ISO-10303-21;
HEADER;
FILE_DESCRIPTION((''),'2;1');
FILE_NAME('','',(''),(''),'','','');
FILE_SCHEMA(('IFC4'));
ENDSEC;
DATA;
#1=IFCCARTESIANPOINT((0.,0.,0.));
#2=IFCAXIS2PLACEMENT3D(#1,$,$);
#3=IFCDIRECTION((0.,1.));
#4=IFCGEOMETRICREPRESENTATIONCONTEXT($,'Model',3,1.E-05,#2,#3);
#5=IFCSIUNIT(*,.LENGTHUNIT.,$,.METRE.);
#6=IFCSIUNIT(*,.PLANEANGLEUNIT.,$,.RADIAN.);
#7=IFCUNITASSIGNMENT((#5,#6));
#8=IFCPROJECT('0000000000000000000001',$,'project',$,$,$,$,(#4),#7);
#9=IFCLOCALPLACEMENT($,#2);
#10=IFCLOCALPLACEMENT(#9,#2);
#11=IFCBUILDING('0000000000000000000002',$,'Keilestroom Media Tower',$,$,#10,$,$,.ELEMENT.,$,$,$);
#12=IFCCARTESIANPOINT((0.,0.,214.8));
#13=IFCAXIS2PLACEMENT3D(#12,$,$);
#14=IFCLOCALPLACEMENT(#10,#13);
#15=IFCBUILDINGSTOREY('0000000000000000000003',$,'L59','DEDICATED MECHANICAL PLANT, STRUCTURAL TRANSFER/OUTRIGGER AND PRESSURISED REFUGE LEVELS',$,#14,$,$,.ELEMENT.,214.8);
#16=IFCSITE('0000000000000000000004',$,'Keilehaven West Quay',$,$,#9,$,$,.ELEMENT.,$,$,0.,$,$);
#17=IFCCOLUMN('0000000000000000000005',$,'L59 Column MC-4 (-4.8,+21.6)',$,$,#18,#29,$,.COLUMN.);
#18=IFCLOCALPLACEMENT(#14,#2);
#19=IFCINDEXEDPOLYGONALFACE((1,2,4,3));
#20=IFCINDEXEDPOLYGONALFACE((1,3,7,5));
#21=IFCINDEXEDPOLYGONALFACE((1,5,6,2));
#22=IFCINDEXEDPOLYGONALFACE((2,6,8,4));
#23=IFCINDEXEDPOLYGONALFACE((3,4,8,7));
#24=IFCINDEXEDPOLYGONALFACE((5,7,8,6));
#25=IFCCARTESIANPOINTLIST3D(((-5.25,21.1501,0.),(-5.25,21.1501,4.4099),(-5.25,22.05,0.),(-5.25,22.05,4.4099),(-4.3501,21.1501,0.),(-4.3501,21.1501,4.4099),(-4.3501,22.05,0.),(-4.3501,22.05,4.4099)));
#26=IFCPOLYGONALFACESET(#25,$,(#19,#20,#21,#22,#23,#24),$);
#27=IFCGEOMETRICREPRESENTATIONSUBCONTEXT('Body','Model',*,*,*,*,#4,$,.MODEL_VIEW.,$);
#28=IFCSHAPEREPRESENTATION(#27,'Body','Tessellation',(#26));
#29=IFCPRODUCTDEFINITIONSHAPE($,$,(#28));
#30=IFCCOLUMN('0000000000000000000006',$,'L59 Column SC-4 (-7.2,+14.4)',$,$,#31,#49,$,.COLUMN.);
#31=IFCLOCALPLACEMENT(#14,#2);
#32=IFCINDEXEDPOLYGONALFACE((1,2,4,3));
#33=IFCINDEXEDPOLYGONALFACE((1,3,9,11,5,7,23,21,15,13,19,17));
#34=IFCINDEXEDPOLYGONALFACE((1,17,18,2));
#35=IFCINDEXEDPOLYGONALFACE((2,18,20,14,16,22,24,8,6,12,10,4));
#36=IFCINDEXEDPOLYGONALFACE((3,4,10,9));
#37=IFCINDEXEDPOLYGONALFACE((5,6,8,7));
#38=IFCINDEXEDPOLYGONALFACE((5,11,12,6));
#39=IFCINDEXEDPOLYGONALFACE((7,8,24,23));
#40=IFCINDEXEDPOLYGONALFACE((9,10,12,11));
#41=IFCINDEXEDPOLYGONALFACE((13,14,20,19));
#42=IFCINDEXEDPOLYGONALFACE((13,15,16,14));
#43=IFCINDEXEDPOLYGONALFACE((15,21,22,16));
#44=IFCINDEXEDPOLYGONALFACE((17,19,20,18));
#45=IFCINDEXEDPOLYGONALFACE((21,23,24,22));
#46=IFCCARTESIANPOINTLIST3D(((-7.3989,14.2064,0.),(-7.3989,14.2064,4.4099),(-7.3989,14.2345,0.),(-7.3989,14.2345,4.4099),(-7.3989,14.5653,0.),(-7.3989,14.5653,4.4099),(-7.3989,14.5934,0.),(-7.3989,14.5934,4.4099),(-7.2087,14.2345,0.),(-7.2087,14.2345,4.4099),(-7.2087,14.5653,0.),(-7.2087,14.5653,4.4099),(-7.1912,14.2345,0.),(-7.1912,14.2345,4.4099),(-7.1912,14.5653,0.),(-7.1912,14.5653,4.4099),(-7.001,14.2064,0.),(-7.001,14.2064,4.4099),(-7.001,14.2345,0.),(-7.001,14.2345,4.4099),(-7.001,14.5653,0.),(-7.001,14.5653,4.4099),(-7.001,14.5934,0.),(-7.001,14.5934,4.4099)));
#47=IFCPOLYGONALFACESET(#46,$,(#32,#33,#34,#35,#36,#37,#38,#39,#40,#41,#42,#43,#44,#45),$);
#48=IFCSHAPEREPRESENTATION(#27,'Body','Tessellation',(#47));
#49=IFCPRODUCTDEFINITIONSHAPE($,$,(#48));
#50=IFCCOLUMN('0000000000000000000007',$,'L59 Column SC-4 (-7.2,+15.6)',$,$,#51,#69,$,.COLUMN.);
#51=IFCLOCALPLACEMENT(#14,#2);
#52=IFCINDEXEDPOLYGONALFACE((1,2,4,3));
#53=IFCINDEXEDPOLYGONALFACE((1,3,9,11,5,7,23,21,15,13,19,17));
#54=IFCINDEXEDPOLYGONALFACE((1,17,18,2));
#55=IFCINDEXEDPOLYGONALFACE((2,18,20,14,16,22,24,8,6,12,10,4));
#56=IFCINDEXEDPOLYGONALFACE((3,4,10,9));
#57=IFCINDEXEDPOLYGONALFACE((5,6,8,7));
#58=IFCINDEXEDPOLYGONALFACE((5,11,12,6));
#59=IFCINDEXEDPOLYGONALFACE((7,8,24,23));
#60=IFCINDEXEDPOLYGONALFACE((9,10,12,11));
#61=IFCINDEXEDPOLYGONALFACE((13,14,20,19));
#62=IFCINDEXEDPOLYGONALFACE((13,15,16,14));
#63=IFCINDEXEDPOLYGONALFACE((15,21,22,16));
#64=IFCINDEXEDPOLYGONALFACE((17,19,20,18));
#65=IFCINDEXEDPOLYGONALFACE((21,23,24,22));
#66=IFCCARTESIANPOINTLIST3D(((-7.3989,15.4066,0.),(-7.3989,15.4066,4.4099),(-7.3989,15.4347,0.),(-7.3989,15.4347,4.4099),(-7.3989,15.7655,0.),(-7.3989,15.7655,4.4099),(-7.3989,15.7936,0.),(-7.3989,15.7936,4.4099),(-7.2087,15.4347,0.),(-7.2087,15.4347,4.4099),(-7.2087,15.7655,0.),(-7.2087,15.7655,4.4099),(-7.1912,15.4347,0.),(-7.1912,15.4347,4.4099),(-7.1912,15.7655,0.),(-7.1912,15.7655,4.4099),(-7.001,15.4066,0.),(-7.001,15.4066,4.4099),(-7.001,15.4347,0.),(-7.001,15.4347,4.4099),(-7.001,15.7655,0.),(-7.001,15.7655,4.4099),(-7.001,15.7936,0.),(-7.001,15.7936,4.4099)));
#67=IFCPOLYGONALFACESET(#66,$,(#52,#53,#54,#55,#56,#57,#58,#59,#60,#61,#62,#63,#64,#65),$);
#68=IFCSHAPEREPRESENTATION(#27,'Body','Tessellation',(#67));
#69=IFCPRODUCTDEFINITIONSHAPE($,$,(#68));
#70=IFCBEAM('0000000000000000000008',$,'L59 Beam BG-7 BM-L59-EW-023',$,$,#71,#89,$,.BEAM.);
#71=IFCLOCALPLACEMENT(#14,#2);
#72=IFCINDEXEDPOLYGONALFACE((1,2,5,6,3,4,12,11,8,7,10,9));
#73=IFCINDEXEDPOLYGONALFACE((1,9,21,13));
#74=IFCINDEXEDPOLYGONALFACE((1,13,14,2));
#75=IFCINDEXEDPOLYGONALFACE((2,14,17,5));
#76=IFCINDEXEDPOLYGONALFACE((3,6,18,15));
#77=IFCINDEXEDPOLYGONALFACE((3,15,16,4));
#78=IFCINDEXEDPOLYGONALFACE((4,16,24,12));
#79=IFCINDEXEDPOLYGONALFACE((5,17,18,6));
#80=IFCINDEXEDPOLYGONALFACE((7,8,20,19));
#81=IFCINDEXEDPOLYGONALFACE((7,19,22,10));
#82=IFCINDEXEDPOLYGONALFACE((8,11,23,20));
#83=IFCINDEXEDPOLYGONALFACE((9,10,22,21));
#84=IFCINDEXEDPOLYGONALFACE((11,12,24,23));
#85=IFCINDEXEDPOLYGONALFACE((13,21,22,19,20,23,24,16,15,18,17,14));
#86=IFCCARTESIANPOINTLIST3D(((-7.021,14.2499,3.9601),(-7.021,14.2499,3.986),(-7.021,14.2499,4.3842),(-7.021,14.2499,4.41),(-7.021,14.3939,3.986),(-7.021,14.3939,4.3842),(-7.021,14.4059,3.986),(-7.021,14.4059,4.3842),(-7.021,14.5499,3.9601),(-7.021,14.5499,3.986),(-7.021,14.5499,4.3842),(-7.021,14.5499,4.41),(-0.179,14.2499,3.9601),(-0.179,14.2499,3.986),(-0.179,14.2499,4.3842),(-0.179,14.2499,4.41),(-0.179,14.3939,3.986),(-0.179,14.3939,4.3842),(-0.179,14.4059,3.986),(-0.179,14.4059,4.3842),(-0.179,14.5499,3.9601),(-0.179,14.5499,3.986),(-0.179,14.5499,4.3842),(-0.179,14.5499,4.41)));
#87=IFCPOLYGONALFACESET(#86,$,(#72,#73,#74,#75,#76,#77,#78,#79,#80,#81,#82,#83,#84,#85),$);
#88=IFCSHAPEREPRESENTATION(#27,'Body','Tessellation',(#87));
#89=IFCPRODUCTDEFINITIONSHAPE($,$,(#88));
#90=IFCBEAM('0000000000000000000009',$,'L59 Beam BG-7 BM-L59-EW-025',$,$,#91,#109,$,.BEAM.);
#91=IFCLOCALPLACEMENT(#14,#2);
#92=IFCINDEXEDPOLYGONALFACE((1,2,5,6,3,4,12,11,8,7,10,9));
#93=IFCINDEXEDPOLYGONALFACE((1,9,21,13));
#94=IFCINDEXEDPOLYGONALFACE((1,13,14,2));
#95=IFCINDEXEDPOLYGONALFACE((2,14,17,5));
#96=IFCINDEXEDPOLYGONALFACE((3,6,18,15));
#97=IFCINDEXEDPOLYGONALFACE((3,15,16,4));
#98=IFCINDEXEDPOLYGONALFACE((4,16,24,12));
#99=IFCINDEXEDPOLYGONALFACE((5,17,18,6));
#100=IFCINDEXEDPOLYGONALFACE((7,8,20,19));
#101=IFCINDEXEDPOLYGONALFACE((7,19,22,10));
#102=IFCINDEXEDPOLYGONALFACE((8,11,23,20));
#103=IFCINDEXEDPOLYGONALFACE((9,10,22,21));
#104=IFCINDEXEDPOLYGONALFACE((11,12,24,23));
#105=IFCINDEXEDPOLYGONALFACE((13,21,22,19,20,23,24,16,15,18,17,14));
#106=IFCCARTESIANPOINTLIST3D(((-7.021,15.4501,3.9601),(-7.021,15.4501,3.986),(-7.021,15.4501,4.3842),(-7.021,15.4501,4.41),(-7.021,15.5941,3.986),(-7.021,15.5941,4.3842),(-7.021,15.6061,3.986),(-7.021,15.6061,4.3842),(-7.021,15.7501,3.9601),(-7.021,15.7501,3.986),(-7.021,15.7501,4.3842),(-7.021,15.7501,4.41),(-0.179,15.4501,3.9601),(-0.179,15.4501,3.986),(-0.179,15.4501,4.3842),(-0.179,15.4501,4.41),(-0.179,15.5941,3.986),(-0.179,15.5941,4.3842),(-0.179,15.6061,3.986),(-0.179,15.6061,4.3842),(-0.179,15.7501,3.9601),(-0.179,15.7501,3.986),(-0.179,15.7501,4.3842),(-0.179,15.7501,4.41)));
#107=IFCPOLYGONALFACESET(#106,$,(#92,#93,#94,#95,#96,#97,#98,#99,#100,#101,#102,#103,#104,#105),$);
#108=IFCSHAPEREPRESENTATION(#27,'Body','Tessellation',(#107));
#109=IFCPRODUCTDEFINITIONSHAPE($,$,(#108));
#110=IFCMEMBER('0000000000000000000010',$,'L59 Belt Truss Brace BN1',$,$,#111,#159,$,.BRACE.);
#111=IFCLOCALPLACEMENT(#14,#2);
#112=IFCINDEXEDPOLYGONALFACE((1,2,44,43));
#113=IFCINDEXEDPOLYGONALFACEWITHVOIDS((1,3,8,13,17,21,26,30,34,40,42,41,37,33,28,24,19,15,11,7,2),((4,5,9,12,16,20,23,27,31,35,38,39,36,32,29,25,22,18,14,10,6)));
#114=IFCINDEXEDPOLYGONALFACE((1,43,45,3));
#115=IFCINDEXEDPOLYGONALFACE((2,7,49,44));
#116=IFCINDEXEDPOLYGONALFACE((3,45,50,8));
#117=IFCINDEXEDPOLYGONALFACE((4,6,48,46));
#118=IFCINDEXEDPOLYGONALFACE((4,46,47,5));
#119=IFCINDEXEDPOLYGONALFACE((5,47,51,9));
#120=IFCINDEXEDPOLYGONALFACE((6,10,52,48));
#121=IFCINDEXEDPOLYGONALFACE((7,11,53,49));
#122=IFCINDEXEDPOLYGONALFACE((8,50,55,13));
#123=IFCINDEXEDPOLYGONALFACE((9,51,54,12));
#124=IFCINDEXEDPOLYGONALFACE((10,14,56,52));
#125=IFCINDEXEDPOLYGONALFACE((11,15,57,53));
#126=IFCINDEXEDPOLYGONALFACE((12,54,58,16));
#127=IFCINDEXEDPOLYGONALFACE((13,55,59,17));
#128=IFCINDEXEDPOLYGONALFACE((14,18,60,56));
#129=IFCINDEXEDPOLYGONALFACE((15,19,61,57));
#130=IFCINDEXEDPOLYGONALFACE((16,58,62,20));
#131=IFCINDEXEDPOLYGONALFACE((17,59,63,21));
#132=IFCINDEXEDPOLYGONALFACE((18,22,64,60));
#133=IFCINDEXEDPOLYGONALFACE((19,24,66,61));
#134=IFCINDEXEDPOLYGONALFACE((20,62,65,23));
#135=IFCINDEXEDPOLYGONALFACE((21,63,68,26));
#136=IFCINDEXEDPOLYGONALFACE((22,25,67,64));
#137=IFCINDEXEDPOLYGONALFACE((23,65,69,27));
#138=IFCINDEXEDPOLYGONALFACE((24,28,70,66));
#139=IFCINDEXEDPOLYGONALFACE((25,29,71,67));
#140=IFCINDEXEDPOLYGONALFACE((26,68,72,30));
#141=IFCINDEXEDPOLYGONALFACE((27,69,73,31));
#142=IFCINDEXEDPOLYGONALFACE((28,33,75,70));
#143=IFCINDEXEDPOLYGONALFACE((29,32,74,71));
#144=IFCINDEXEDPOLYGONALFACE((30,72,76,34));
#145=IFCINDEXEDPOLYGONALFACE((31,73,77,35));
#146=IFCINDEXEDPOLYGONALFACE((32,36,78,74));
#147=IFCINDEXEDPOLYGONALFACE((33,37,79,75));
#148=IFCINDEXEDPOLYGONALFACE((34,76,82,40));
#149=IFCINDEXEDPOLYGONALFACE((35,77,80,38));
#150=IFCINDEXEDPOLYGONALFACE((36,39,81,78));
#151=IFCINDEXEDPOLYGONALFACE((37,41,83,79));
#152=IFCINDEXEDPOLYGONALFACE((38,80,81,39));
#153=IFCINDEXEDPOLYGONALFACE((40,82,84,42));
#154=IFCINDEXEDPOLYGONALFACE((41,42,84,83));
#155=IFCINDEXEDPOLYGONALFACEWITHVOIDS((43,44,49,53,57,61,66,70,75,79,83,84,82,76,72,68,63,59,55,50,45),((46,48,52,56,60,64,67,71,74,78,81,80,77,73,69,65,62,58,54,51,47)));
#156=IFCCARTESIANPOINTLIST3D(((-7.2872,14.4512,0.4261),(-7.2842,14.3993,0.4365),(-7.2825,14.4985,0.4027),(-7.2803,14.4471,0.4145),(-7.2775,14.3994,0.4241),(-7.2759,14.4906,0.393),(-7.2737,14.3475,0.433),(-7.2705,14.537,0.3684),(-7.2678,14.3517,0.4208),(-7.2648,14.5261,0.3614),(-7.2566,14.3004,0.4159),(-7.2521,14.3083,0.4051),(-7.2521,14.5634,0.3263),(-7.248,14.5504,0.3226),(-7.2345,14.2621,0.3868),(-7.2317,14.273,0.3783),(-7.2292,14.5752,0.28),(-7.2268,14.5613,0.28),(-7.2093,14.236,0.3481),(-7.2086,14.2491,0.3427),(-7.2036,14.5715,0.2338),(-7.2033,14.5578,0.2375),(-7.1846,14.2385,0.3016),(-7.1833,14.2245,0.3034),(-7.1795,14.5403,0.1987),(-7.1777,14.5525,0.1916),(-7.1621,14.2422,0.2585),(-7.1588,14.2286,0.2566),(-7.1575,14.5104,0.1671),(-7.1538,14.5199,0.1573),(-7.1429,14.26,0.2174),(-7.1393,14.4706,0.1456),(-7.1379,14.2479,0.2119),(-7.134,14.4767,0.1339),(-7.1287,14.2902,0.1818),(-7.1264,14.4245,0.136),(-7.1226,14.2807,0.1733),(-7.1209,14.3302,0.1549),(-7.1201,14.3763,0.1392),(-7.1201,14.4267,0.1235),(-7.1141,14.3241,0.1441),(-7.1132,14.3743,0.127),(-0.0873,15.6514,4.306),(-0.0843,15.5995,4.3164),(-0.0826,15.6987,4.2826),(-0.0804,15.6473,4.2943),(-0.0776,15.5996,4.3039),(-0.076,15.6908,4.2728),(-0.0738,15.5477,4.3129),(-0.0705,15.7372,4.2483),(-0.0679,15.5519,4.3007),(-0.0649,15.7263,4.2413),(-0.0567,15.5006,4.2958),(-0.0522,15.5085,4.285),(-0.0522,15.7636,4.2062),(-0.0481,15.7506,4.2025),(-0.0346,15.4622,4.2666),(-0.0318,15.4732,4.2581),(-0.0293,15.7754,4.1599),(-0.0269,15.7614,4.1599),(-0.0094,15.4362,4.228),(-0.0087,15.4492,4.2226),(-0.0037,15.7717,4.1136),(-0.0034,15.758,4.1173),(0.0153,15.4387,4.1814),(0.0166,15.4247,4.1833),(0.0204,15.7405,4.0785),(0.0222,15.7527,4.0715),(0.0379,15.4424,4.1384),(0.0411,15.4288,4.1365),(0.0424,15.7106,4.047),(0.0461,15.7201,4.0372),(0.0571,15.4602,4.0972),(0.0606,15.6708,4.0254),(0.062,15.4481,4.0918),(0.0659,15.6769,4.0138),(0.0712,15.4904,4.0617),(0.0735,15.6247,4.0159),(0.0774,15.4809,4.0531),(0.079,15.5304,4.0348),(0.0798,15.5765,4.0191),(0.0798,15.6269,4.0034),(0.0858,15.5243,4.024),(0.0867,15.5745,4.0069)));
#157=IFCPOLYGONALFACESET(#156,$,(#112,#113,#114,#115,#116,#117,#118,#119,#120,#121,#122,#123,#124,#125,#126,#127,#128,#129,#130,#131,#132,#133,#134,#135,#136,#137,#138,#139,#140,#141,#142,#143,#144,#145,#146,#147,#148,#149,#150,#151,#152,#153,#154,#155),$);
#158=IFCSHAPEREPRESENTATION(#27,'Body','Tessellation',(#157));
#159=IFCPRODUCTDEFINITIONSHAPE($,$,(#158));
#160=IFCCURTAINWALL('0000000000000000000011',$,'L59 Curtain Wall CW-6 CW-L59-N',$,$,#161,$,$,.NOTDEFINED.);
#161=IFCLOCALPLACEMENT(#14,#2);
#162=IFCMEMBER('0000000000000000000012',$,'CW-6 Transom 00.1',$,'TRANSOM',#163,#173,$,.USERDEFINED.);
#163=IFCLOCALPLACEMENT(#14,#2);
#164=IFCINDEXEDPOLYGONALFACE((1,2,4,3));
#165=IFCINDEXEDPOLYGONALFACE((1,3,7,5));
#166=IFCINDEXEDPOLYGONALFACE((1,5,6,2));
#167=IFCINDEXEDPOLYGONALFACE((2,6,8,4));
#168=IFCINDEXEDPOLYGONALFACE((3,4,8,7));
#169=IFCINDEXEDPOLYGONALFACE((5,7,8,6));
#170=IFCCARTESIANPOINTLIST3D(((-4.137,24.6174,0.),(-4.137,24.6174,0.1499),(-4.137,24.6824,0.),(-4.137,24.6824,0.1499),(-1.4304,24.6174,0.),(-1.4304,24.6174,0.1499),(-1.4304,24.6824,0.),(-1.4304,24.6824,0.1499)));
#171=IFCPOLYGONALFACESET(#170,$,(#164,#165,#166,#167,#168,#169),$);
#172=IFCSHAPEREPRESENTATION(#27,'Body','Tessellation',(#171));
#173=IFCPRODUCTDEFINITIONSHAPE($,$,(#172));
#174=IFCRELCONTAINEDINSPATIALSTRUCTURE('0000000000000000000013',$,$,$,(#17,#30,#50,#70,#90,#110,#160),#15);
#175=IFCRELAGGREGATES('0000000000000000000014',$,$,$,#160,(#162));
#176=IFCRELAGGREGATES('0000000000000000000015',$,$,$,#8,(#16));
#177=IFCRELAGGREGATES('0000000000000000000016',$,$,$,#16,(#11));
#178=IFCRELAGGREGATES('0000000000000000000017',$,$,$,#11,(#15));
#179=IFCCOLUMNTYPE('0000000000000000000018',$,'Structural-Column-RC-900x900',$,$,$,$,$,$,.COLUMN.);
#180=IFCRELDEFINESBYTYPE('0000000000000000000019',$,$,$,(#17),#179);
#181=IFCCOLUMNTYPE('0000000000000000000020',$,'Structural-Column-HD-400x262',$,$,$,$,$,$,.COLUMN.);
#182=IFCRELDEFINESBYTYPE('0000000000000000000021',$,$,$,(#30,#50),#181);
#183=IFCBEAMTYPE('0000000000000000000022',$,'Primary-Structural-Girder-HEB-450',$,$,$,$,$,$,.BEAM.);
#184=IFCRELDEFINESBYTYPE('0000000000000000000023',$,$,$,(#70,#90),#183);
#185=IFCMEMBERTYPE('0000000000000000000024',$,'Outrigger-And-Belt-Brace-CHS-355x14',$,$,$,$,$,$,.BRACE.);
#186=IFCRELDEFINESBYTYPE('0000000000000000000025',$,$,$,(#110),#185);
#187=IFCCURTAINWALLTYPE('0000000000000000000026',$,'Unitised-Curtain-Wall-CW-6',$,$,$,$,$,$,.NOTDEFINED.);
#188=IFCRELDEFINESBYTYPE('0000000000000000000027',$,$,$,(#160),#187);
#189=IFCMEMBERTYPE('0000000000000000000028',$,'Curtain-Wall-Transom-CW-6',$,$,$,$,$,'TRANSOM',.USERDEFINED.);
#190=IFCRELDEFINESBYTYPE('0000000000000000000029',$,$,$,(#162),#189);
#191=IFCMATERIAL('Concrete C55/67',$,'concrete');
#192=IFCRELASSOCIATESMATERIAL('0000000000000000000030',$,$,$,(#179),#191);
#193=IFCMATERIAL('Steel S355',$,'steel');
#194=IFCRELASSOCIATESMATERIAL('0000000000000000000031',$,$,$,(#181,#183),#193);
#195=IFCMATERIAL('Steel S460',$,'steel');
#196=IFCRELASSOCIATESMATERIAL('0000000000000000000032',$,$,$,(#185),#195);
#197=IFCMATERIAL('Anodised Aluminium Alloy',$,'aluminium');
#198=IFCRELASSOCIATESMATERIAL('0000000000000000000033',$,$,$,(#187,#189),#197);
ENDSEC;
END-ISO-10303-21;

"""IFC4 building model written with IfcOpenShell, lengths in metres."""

from ifc_helpers import new_model, si_unit, direction, frame, origin, origin_2d, place, context, subcontext, project, spatial, rectangle, hollow_circle, i_section, extrude, source, transform, mapped, material, material_profile, profile_set, type_object, element, aggregate, save


model = new_model("IFC4")

# Units and contexts
model_context = context("Model", 3, precision=1e-05, world=origin(), true_north=direction((0.0, 1.0)))
body_context = subcontext(model_context, "Body", "Model", "MODEL_VIEW")
ifc_project = project(units=[si_unit("LENGTHUNIT", "METRE"), si_unit("PLANEANGLEUNIT", "RADIAN")], contexts=[model_context])

# Site, building, storey
site_placement = place(None, origin())
site = spatial("IfcSite", under=ifc_project, at=site_placement, Name="Keilehaven West Quay", CompositionType="ELEMENT", RefElevation=0.0)
building_placement = place(site_placement, origin())
building = spatial("IfcBuilding", under=site, at=building_placement, Name="Keilestroom Media Tower", CompositionType="ELEMENT")
storey_placement = place(building_placement, frame((0.0, 0.0, 214.8)))
storey = spatial("IfcBuildingStorey", under=building, at=storey_placement, Name="L59", Description="DEDICATED MECHANICAL PLANT, STRUCTURAL TRANSFER/OUTRIGGER AND PRESSURISED REFUGE LEVELS", CompositionType="ELEMENT", Elevation=214.8)

# Columns
ifc_material_1 = material(Name="Concrete C55/67", Category="concrete")
ifc_material_profile_1 = material_profile(ifc_material_1, rectangle(XDim=0.8999, YDim=0.8999, at=origin_2d()), Name="RC 900x900")
ifc_profile_set_1 = profile_set([ifc_material_profile_1], Name="Concrete C55/67")
column_type_1 = type_object("IfcColumnType", Name="Structural-Column-RC-900x900", PredefinedType="COLUMN", material=ifc_profile_set_1)
shared_shape_1 = source(origin(), body_context, "Body", "SweptSolid", [
    extrude(rectangle(XDim=0.8999, YDim=0.8999, at=origin_2d()), origin(), (0.0, 0.0, 1.0), 4.4099),
])
column_placement = place(storey_placement, frame((-4.8, 21.6001, 0.0), z_axis=(0.0, 0.0, 1.0), x_axis=(1.0, 0.0, 0.0)))
element("IfcColumn", 1, at=column_placement, inside=storey, type_object=column_type_1, Name="L59 Column MC-4 (-4.8,+21.6)", PredefinedType="COLUMN", context=body_context, shape_type="MappedRepresentation", body=[
    mapped(shared_shape_1, transform((0.0, 0.0, 0.0), x_axis=(1.0, 0.0, 0.0), y_axis=(0.0, 1.0, 0.0), z_axis=(0.0, 0.0, 1.0), scale=1.0)),
])
ifc_material_2 = material(Name="Steel S355", Category="steel")
ifc_material_profile_2 = material_profile(ifc_material_2, i_section(OverallWidth=0.3979, OverallDepth=0.387, WebThickness=0.0176, FlangeThickness=0.0281, at=origin_2d()), Name="HD 400x262")
ifc_profile_set_2 = profile_set([ifc_material_profile_2], Name="Steel S355")
column_type_2 = type_object("IfcColumnType", Name="Structural-Column-HD-400x262", PredefinedType="COLUMN", material=ifc_profile_set_2)
shared_shape_2 = source(origin(), body_context, "Body", "SweptSolid", [
    extrude(i_section(OverallWidth=0.3979, OverallDepth=0.387, WebThickness=0.0176, FlangeThickness=0.0281, at=origin_2d()), origin(), (0.0, 0.0, 1.0), 4.4099),
])
for number, where, z_axis, x_axis, name in (
    (2, (-7.2, 14.3999, 0.0), (0.0, 0.0, 1.0), (1.0, 0.0, 0.0), "L59 Column SC-4 (-7.2,+14.4)"),
    (3, (-7.2, 15.6001, 0.0), (0.0, 0.0, 1.0), (1.0, 0.0, 0.0), "L59 Column SC-4 (-7.2,+15.6)"),
):
    element("IfcColumn", number, at=place(storey_placement, frame(where, z_axis=z_axis, x_axis=x_axis)), inside=storey, type_object=column_type_2, Name=name, PredefinedType="COLUMN", context=body_context, shape_type="MappedRepresentation", body=[
        mapped(shared_shape_2, transform((0.0, 0.0, 0.0), x_axis=(1.0, 0.0, 0.0), y_axis=(0.0, 1.0, 0.0), z_axis=(0.0, 0.0, 1.0), scale=1.0)),
    ])

# Beams
ifc_material_profile_3 = material_profile(ifc_material_2, i_section(OverallWidth=0.3, OverallDepth=0.45, WebThickness=0.012, FlangeThickness=0.0259, at=origin_2d()), Name="HEB 450")
ifc_profile_set_3 = profile_set([ifc_material_profile_3], Name="Steel S355")
beam_type = type_object("IfcBeamType", Name="Primary-Structural-Girder-HEB-450", PredefinedType="BEAM", material=ifc_profile_set_3)
shared_shape_3 = source(origin(), body_context, "Body", "SweptSolid", [
    extrude(i_section(OverallWidth=0.3, OverallDepth=0.45, WebThickness=0.012, FlangeThickness=0.0259, at=origin_2d()), origin(), (0.0, 0.0, 1.0), 6.842),
])
for number, where, z_axis, x_axis, name in (
    (4, (-7.021, 14.3999, 4.1851), (1.0, 0.0, 0.0), (0.0, 1.0, 0.0), "L59 Beam BG-7 BM-L59-EW-023"),
    (5, (-7.021, 15.6001, 4.1851), (1.0, 0.0, 0.0), (0.0, 1.0, 0.0), "L59 Beam BG-7 BM-L59-EW-025"),
):
    element("IfcBeam", number, at=place(storey_placement, frame(where, z_axis=z_axis, x_axis=x_axis)), inside=storey, type_object=beam_type, Name=name, PredefinedType="BEAM", context=body_context, shape_type="MappedRepresentation", body=[
        mapped(shared_shape_3, transform((0.0, 0.0, 0.0), x_axis=(1.0, 0.0, 0.0), y_axis=(0.0, 1.0, 0.0), z_axis=(0.0, 0.0, 1.0), scale=1.0)),
    ])

# Member
ifc_material_3 = material(Name="Steel S460", Category="steel")
ifc_material_profile_4 = material_profile(ifc_material_3, hollow_circle(Radius=0.1777, WallThickness=0.0142, at=origin_2d()), Name="CHS 355.6x14.2")
ifc_profile_set_4 = profile_set([ifc_material_profile_4], Name="Steel S460")
member_type_1 = type_object("IfcMemberType", Name="Outrigger-And-Belt-Brace-CHS-355x14", PredefinedType="BRACE", material=ifc_profile_set_4)
shared_shape_4 = source(origin(), body_context, "Body", "SweptSolid", [
    extrude(hollow_circle(Radius=0.1777, WallThickness=0.0142, at=origin_2d()), origin(), (0.0, 0.0, 1.0), 8.2664),
])
member_1_placement = place(storey_placement, frame((-7.2, 14.3999, 0.28), z_axis=(0.870991, 0.14519, 0.469356), x_axis=(-0.164426, 0.986389, 0.0)))
element("IfcMember", 6, at=member_1_placement, inside=storey, type_object=member_type_1, Name="L59 Belt Truss Brace BN1", PredefinedType="BRACE", context=body_context, shape_type="MappedRepresentation", body=[
    mapped(shared_shape_4, transform((0.0, 0.0, 0.0), x_axis=(1.0, 0.0, 0.0), y_axis=(0.0, 1.0, 0.0), z_axis=(0.0, 0.0, 1.0), scale=1.0)),
])

# Curtain wall, member
ifc_material_4 = material(Name="Anodised Aluminium Alloy", Category="aluminium")
curtain_wall_type = type_object("IfcCurtainWallType", Name="Unitised-Curtain-Wall-CW-6", PredefinedType="NOTDEFINED", material=ifc_material_4)
curtain_wall_placement = place(storey_placement, origin())
curtain_wall = element("IfcCurtainWall", 7, at=curtain_wall_placement, inside=storey, type_object=curtain_wall_type, Name="L59 Curtain Wall CW-6 CW-L59-N", PredefinedType="NOTDEFINED")
ifc_material_profile_5 = material_profile(ifc_material_4, rectangle(XDim=0.0649, YDim=0.1499, at=origin_2d()), Name="ALU TRANSOM 65x150")
ifc_profile_set_5 = profile_set([ifc_material_profile_5], Name="Anodised Aluminium Alloy")
member_type_2 = type_object("IfcMemberType", Name="Curtain-Wall-Transom-CW-6", ElementType="TRANSOM", PredefinedType="USERDEFINED", material=ifc_profile_set_5)
shared_shape_5 = source(origin(), body_context, "Body", "SweptSolid", [
    extrude(rectangle(XDim=0.0649, YDim=0.1499, at=origin_2d()), origin(), (0.0, 0.0, 1.0), 2.7065),
])
member_2_placement = place(storey_placement, frame((-4.137, 24.6499, 0.075), z_axis=(1.0, 0.0, 0.0), x_axis=(0.0, 1.0, 0.0)))
member_2 = element("IfcMember", 8, at=member_2_placement, type_object=member_type_2, Name="CW-6 Transom 00.1", ObjectType="TRANSOM", PredefinedType="USERDEFINED", context=body_context, shape_type="MappedRepresentation", body=[
    mapped(shared_shape_5, transform((0.0, 0.0, 0.0), x_axis=(1.0, 0.0, 0.0), y_axis=(0.0, 1.0, 0.0), z_axis=(0.0, 0.0, 1.0), scale=1.0)),
])

aggregate(curtain_wall, [member_2])

save(model, "model.ifc")
